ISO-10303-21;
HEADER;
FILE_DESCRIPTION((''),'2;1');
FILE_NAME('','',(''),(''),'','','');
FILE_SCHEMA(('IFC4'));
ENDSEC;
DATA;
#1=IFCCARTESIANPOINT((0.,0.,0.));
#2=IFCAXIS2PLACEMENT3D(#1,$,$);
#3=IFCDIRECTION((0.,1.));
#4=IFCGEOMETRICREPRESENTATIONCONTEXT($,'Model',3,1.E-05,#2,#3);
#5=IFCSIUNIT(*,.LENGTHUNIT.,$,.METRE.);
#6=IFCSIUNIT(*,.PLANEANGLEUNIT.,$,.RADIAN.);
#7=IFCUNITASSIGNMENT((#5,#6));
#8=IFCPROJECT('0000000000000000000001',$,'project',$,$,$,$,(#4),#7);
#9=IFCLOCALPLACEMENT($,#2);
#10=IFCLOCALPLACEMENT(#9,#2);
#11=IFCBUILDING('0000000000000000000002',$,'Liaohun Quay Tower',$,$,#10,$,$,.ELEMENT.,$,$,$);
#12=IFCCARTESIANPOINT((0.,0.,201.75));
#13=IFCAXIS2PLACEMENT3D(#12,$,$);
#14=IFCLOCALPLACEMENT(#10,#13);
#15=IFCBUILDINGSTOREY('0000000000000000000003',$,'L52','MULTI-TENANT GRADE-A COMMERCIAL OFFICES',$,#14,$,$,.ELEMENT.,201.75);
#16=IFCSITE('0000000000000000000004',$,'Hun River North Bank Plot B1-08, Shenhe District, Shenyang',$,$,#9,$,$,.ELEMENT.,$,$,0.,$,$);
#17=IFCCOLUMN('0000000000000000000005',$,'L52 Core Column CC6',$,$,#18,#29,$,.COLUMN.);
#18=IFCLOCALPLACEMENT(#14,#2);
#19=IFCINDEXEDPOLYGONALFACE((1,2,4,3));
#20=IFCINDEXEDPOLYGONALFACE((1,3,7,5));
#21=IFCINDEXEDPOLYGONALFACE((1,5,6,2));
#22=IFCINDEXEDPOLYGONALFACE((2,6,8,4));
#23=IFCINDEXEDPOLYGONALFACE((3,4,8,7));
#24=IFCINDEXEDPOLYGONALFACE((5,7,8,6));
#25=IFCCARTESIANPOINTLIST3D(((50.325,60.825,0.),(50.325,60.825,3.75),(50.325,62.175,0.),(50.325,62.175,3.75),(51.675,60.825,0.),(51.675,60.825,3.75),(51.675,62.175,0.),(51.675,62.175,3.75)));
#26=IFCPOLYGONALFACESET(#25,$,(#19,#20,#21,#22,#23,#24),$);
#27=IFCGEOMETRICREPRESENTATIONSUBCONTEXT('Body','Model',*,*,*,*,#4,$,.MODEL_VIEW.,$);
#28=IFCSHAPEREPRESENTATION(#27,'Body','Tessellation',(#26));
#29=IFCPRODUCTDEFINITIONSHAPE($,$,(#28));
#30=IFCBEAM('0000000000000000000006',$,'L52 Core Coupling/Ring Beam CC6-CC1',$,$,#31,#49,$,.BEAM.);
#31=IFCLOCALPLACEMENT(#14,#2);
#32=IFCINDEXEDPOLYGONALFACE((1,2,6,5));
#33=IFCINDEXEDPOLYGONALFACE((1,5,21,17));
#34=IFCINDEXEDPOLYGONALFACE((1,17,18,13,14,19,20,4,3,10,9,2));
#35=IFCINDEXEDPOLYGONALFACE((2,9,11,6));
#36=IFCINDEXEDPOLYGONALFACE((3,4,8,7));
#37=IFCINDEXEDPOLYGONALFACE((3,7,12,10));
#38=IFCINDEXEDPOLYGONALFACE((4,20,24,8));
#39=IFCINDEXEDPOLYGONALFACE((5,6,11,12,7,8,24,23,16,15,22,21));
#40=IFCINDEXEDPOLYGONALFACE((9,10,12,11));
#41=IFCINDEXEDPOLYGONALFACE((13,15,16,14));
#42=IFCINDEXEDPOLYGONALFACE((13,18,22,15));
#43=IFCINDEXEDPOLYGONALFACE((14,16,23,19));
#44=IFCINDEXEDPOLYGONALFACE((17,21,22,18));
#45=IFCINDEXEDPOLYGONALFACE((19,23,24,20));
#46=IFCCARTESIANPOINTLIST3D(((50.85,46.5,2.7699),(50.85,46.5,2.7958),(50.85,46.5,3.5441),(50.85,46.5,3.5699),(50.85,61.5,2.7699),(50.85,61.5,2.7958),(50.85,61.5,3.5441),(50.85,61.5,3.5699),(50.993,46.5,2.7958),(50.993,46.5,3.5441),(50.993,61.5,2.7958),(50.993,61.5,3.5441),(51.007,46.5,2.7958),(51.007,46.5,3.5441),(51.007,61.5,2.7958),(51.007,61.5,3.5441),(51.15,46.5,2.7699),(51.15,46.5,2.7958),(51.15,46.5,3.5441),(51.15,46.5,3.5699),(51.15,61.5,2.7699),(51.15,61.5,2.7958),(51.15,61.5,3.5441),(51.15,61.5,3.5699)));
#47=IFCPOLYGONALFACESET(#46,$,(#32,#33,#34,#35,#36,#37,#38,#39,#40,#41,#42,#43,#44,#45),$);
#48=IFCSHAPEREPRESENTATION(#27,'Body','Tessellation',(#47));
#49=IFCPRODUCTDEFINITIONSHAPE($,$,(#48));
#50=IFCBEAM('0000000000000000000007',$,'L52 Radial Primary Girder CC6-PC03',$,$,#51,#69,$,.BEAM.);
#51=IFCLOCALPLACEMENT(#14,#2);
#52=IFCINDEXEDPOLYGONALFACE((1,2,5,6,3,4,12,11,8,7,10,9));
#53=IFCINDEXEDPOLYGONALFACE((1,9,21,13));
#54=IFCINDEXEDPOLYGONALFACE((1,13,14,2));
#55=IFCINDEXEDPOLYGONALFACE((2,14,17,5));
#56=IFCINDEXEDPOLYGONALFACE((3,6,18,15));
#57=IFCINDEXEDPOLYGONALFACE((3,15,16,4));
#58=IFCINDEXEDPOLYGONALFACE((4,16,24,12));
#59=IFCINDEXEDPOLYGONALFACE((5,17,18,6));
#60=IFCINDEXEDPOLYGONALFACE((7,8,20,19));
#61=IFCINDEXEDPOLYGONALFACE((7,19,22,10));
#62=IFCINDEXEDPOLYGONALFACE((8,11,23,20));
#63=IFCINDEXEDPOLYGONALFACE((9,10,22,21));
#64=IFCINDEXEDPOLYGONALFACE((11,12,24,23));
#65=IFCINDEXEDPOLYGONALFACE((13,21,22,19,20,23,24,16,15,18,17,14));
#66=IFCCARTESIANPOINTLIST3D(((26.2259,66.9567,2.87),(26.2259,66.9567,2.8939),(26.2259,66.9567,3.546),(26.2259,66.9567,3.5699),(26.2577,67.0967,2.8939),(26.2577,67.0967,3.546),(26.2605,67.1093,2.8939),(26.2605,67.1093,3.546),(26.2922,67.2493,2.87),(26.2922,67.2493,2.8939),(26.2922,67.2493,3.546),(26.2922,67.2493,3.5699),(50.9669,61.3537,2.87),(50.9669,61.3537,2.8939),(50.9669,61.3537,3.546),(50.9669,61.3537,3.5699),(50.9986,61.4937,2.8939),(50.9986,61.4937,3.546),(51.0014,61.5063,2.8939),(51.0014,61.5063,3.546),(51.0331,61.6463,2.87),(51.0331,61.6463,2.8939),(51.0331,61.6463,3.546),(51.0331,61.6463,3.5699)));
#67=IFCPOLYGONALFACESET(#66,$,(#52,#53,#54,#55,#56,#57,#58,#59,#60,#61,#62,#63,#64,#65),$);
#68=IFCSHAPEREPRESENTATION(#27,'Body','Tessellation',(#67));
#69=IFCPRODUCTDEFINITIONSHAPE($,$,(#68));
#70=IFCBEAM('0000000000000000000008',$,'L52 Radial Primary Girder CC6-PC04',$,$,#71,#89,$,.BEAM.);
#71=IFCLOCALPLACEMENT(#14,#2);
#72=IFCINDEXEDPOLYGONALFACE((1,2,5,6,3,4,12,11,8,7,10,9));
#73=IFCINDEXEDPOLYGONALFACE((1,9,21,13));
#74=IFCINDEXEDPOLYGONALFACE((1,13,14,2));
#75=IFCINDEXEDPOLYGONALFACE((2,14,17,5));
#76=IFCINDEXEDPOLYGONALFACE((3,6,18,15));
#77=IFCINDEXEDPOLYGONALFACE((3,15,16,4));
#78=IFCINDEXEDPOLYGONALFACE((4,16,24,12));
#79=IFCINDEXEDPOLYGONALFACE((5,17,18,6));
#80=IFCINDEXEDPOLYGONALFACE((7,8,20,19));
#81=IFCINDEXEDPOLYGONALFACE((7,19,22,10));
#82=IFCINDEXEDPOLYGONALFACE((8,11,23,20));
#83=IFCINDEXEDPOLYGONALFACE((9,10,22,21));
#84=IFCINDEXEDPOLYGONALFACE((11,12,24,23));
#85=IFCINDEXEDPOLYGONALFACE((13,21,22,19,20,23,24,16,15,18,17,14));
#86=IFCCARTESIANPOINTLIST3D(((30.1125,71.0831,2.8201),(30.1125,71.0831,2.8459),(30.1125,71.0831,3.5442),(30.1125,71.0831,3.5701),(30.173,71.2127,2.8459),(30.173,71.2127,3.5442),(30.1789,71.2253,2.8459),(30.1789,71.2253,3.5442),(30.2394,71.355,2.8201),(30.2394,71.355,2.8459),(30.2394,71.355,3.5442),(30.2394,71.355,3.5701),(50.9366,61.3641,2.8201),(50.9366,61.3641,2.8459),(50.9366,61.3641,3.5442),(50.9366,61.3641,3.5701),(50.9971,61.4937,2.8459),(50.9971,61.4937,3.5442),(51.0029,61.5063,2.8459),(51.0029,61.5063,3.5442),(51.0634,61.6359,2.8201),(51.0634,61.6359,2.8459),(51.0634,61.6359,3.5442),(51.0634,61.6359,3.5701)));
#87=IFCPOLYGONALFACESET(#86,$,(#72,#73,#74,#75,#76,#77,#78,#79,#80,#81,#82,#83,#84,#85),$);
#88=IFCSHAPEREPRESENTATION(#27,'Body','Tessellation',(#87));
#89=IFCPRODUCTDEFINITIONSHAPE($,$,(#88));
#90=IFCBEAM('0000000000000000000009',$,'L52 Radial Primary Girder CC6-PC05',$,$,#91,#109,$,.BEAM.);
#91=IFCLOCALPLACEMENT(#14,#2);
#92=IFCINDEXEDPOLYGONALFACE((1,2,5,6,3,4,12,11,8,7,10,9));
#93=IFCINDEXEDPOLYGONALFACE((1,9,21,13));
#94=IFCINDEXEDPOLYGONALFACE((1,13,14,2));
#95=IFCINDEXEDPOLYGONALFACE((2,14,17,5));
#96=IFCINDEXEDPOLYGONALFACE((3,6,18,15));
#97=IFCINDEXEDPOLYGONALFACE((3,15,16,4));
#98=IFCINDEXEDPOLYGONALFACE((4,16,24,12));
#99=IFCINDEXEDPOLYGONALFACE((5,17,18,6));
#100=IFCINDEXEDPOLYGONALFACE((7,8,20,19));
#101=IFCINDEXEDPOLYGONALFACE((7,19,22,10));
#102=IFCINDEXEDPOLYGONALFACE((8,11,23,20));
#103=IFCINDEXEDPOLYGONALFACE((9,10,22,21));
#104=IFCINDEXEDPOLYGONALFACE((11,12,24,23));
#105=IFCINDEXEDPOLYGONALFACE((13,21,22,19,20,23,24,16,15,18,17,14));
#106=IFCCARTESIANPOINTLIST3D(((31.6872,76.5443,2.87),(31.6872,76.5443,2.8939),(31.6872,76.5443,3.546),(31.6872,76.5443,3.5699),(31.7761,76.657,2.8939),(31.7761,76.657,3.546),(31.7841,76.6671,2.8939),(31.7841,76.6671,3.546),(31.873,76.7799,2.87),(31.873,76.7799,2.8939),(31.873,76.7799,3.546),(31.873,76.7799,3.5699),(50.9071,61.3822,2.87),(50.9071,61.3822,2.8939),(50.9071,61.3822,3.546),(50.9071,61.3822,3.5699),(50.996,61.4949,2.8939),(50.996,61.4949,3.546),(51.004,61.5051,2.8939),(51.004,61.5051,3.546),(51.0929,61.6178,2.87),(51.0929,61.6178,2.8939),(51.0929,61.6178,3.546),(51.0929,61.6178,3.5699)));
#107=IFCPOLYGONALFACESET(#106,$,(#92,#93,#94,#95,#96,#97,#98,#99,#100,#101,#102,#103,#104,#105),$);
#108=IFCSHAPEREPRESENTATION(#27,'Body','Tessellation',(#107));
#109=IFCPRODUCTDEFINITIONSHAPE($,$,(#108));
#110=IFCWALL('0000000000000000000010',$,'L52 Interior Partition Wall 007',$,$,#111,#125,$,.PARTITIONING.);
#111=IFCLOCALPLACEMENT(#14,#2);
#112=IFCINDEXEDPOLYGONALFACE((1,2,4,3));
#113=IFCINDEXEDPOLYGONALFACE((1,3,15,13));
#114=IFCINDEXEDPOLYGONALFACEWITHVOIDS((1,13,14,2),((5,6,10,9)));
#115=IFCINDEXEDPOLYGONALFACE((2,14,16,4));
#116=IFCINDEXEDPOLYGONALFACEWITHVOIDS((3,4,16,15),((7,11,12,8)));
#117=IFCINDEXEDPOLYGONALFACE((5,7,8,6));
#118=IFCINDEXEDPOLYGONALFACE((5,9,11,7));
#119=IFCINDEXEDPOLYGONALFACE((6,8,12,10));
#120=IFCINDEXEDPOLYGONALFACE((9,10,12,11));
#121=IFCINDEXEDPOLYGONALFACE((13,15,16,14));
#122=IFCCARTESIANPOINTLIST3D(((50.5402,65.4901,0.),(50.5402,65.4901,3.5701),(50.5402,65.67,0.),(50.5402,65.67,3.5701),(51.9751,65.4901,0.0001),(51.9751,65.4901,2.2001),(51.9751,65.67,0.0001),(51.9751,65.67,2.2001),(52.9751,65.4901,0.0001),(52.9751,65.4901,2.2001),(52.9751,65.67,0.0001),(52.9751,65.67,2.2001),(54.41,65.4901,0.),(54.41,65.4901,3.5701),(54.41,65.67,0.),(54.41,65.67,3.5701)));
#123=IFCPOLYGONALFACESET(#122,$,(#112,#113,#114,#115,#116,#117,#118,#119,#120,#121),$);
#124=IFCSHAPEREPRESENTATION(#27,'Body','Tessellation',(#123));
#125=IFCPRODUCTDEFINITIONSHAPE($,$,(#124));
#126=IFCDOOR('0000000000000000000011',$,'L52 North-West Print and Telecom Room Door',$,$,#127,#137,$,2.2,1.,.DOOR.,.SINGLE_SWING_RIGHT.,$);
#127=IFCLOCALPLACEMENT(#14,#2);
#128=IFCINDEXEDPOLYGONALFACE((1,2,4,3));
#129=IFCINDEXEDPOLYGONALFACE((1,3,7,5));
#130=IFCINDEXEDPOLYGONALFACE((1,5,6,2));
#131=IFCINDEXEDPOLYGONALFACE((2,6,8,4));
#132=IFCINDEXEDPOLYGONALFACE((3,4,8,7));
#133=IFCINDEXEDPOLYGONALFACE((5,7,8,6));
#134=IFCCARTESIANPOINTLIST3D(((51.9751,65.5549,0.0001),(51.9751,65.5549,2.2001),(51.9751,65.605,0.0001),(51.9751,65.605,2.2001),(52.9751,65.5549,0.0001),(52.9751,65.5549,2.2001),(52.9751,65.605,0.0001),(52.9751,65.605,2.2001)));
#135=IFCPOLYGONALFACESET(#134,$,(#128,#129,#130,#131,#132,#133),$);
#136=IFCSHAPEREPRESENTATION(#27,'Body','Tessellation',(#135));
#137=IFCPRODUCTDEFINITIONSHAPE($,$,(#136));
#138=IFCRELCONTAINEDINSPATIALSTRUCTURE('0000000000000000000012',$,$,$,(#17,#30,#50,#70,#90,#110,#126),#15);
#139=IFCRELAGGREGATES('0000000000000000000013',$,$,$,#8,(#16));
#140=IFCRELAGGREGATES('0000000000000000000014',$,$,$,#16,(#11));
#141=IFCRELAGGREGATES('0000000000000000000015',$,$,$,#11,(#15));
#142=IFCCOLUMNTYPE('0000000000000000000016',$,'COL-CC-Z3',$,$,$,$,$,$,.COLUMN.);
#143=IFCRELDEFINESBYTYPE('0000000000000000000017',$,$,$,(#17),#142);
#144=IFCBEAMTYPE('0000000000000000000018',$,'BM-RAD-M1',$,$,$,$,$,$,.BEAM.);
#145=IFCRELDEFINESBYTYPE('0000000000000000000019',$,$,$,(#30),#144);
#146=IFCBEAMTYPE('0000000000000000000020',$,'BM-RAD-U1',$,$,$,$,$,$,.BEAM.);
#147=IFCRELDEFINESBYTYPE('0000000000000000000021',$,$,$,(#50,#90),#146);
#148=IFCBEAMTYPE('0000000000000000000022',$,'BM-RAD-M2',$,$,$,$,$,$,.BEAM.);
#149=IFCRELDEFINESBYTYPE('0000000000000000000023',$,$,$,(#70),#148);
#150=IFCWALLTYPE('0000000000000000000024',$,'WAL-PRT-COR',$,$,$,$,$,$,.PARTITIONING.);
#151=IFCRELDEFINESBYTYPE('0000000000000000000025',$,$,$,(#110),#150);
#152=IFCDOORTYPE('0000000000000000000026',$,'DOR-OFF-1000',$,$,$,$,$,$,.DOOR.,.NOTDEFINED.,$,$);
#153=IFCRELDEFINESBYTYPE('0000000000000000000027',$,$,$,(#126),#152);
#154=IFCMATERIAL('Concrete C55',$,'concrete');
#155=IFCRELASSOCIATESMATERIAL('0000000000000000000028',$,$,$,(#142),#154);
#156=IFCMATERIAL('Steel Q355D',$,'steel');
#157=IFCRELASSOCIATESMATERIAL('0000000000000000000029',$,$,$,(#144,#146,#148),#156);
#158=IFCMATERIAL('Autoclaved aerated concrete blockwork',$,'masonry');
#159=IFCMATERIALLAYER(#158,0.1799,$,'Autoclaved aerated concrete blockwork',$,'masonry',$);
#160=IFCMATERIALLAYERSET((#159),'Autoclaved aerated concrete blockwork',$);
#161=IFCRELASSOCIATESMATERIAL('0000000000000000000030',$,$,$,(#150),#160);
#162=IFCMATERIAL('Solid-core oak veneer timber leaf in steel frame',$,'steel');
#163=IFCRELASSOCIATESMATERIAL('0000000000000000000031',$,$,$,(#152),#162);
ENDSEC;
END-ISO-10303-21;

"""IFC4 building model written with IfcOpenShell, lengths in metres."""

from ifc_helpers import new_model, si_unit, direction, frame, frame_2d, origin, origin_2d, place, context, subcontext, project, spatial, rectangle, i_section, extrude, source, transform, mapped, material, layer, layer_set, material_profile, profile_set, type_object, element, fill, save


model = new_model("IFC4")

# Units and contexts
model_context = context("Model", 3, precision=1e-05, world=origin(), true_north=direction((0.0, 1.0)))
body_context = subcontext(model_context, "Body", "Model", "MODEL_VIEW")
ifc_project = project(units=[si_unit("LENGTHUNIT", "METRE"), si_unit("PLANEANGLEUNIT", "RADIAN")], contexts=[model_context])

# Site, building, storey
site_placement = place(None, origin())
site = spatial("IfcSite", under=ifc_project, at=site_placement, Name="Hun River North Bank Plot B1-08, Shenhe District, Shenyang", CompositionType="ELEMENT", RefElevation=0.0)
building_placement = place(site_placement, origin())
building = spatial("IfcBuilding", under=site, at=building_placement, Name="Liaohun Quay Tower", CompositionType="ELEMENT")
storey_placement = place(building_placement, frame((0.0, 0.0, 201.75)))
storey = spatial("IfcBuildingStorey", under=building, at=storey_placement, Name="L52", Description="MULTI-TENANT GRADE-A COMMERCIAL OFFICES", CompositionType="ELEMENT", Elevation=201.75)

# Column
ifc_material_1 = material(Name="Concrete C55", Category="concrete")
ifc_material_profile_1 = material_profile(ifc_material_1, rectangle(XDim=1.3501, YDim=1.3501, at=origin_2d()), Name="RC1350x1350")
ifc_profile_set_1 = profile_set([ifc_material_profile_1], Name="Concrete C55")
column_type = type_object("IfcColumnType", Name="COL-CC-Z3", PredefinedType="COLUMN", material=ifc_profile_set_1)
shared_shape_1 = source(origin(), body_context, "Body", "SweptSolid", [
    extrude(rectangle(XDim=1.3501, YDim=1.3501, at=origin_2d()), origin(), (0.0, 0.0, 1.0), 3.75),
])
column_placement = place(storey_placement, frame((51.0, 61.5, 0.0), z_axis=(0.0, 0.0, 1.0), x_axis=(1.0, 0.0, 0.0)))
element("IfcColumn", 1, at=column_placement, inside=storey, type_object=column_type, Name="L52 Core Column CC6", PredefinedType="COLUMN", context=body_context, shape_type="MappedRepresentation", body=[
    mapped(shared_shape_1, transform((0.0, 0.0, 0.0), x_axis=(1.0, 0.0, 0.0), y_axis=(0.0, 1.0, 0.0), z_axis=(0.0, 0.0, 1.0), scale=1.0)),
])

# Beams
ifc_material_2 = material(Name="Steel Q355D", Category="steel")
ifc_material_profile_2 = material_profile(ifc_material_2, i_section(OverallWidth=0.3, OverallDepth=0.8, WebThickness=0.0139, FlangeThickness=0.0259, at=origin_2d()), Name="HN800x300x14x26")
ifc_profile_set_2 = profile_set([ifc_material_profile_2], Name="Steel Q355D")
beam_type_1 = type_object("IfcBeamType", Name="BM-RAD-M1", PredefinedType="BEAM", material=ifc_profile_set_2)
shared_shape_2 = source(origin(), body_context, "Body", "SweptSolid", [
    extrude(i_section(OverallWidth=0.3, OverallDepth=0.8, WebThickness=0.0139, FlangeThickness=0.0259, at=origin_2d()), origin(), (0.0, 0.0, 1.0), 15.0),
])
beam_1_placement = place(storey_placement, frame((51.0, 61.5, 3.1699), z_axis=(0.0, -1.0, 0.0), x_axis=(1.0, 0.0, 0.0)))
element("IfcBeam", 2, at=beam_1_placement, inside=storey, type_object=beam_type_1, Name="L52 Core Coupling/Ring Beam CC6-CC1", PredefinedType="BEAM", context=body_context, shape_type="MappedRepresentation", body=[
    mapped(shared_shape_2, transform((0.0, 0.0, 0.0), x_axis=(1.0, 0.0, 0.0), y_axis=(0.0, 1.0, 0.0), z_axis=(0.0, 0.0, 1.0), scale=1.0)),
])
ifc_material_profile_3 = material_profile(ifc_material_2, i_section(OverallWidth=0.3, OverallDepth=0.7, WebThickness=0.0129, FlangeThickness=0.0239, at=origin_2d()), Name="HN700x300x13x24")
ifc_profile_set_3 = profile_set([ifc_material_profile_3], Name="Steel Q355D")
beam_type_2 = type_object("IfcBeamType", Name="BM-RAD-U1", PredefinedType="BEAM", material=ifc_profile_set_3)
shared_shape_3 = source(origin(), body_context, "Body", "SweptSolid", [
    extrude(i_section(OverallWidth=0.3, OverallDepth=0.7, WebThickness=0.0129, FlangeThickness=0.0239, at=origin_2d()), origin(), (0.0, 0.0, 1.0), 25.3674),
])
beam_2_placement = place(storey_placement, frame((51.0, 61.5, 3.22), z_axis=(-0.975302, 0.220874, 0.0), x_axis=(-0.220874, -0.975302, 0.0)))
element("IfcBeam", 3, at=beam_2_placement, inside=storey, type_object=beam_type_2, Name="L52 Radial Primary Girder CC6-PC03", PredefinedType="BEAM", context=body_context, shape_type="MappedRepresentation", body=[
    mapped(shared_shape_3, transform((0.0, 0.0, 0.0), x_axis=(1.0, 0.0, 0.0), y_axis=(0.0, 1.0, 0.0), z_axis=(0.0, 0.0, 1.0), scale=1.0)),
])
ifc_material_profile_4 = material_profile(ifc_material_2, i_section(OverallWidth=0.3, OverallDepth=0.75, WebThickness=0.0139, FlangeThickness=0.0259, at=origin_2d()), Name="HN750x300x14x26")
ifc_profile_set_4 = profile_set([ifc_material_profile_4], Name="Steel Q355D")
beam_type_3 = type_object("IfcBeamType", Name="BM-RAD-M2", PredefinedType="BEAM", material=ifc_profile_set_4)
shared_shape_4 = source(origin(), body_context, "Body", "SweptSolid", [
    extrude(i_section(OverallWidth=0.3, OverallDepth=0.75, WebThickness=0.0139, FlangeThickness=0.0259, at=origin_2d()), origin(), (0.0, 0.0, 1.0), 22.9805),
])
beam_3_placement = place(storey_placement, frame((51.0, 61.5, 3.1951), z_axis=(-0.906164, 0.422926, 0.0), x_axis=(-0.422926, -0.906164, 0.0)))
element("IfcBeam", 4, at=beam_3_placement, inside=storey, type_object=beam_type_3, Name="L52 Radial Primary Girder CC6-PC04", PredefinedType="BEAM", context=body_context, shape_type="MappedRepresentation", body=[
    mapped(shared_shape_4, transform((0.0, 0.0, 0.0), x_axis=(1.0, 0.0, 0.0), y_axis=(0.0, 1.0, 0.0), z_axis=(0.0, 0.0, 1.0), scale=1.0)),
])
shared_shape_5 = source(origin(), body_context, "Body", "SweptSolid", [
    extrude(i_section(OverallWidth=0.3, OverallDepth=0.7, WebThickness=0.0129, FlangeThickness=0.0239, at=origin_2d()), origin(), (0.0, 0.0, 1.0), 24.4805),
])
beam_4_placement = place(storey_placement, frame((51.0, 61.5, 3.22), z_axis=(-0.785112, 0.619354, 0.0), x_axis=(-0.619354, -0.785112, 0.0)))
element("IfcBeam", 5, at=beam_4_placement, inside=storey, type_object=beam_type_2, Name="L52 Radial Primary Girder CC6-PC05", PredefinedType="BEAM", context=body_context, shape_type="MappedRepresentation", body=[
    mapped(shared_shape_5, transform((0.0, 0.0, 0.0), x_axis=(1.0, 0.0, 0.0), y_axis=(0.0, 1.0, 0.0), z_axis=(0.0, 0.0, 1.0), scale=1.0)),
])

# Wall, opening, door
ifc_material_3 = material(Name="Autoclaved aerated concrete blockwork", Category="masonry")
ifc_layer_1 = layer(ifc_material_3, 0.1799, Name="Autoclaved aerated concrete blockwork", Category="masonry")
ifc_layer_set_1 = layer_set([ifc_layer_1], Name="Autoclaved aerated concrete blockwork")
wall_type_1 = type_object("IfcWallType", Name="WAL-PRT-COR", PredefinedType="PARTITIONING", material=ifc_layer_set_1)
wall_1_placement = place(storey_placement, frame((50.54, 65.5801, 0.0), z_axis=(0.0, 0.0, 1.0), x_axis=(1.0, 0.0, 0.0)))
wall_1 = element("IfcWall", 6, at=wall_1_placement, inside=storey, type_object=wall_type_1, Name="L52 Interior Partition Wall 007", PredefinedType="PARTITIONING", context=body_context, shape_type="SweptSolid", body=[
    extrude(rectangle(XDim=3.8699, YDim=0.1799, at=frame_2d((1.9351, 0.0))), origin(), (0.0, 0.0, 1.0), 3.5701),
])
shared_shape_6 = source(origin(), body_context, "Body", "SweptSolid", [
    extrude(rectangle(XDim=1.0, YDim=2.2, at=frame_2d((0.5, 1.1001))), frame((0.0, 0.0999, 0.0), z_axis=(0.0, -1.0, 0.0), x_axis=(1.0, 0.0, 0.0)), (0.0, 0.0, 1.0), 0.2),
])
opening_1_placement = place(wall_1_placement, frame((1.4351, 0.0, 0.0)))
opening_1 = element("IfcOpeningElement", 7, at=opening_1_placement, cuts=wall_1, PredefinedType="OPENING", context=body_context, shape_type="MappedRepresentation", body=[
    mapped(shared_shape_6, transform((0.0, 0.0, 0.0), x_axis=(1.0, 0.0, 0.0), y_axis=(0.0, 1.0, 0.0), z_axis=(0.0, 0.0, 1.0), scale=1.0)),
])
ifc_material_4 = material(Name="Solid-core oak veneer timber leaf in steel frame", Category="steel")
door_type_1 = type_object("IfcDoorType", Name="DOR-OFF-1000", OperationType="NOTDEFINED", PredefinedType="DOOR", material=ifc_material_4)
shared_shape_7 = source(origin(), body_context, "Body", "SweptSolid", [
    extrude(rectangle(XDim=1.0, YDim=2.2, at=frame_2d((0.5, 1.1001))), frame((0.0, 0.0249, 0.0), z_axis=(0.0, -1.0, 0.0), x_axis=(1.0, 0.0, 0.0)), (0.0, 0.0, 1.0), 0.05),
])
door_1_placement = place(opening_1_placement, origin())
door_1 = element("IfcDoor", 8, at=door_1_placement, inside=storey, type_object=door_type_1, Name="L52 North-West Print and Telecom Room Door", OperationType="SINGLE_SWING_RIGHT", OverallHeight=2.2, OverallWidth=1.0, PredefinedType="DOOR", context=body_context, shape_type="MappedRepresentation", body=[
    mapped(shared_shape_7, transform((0.0, 0.0, 0.0), x_axis=(1.0, 0.0, 0.0), y_axis=(0.0, 1.0, 0.0), z_axis=(0.0, 0.0, 1.0), scale=1.0)),
])
fill(opening_1, door_1)

save(model, "model.ifc")
